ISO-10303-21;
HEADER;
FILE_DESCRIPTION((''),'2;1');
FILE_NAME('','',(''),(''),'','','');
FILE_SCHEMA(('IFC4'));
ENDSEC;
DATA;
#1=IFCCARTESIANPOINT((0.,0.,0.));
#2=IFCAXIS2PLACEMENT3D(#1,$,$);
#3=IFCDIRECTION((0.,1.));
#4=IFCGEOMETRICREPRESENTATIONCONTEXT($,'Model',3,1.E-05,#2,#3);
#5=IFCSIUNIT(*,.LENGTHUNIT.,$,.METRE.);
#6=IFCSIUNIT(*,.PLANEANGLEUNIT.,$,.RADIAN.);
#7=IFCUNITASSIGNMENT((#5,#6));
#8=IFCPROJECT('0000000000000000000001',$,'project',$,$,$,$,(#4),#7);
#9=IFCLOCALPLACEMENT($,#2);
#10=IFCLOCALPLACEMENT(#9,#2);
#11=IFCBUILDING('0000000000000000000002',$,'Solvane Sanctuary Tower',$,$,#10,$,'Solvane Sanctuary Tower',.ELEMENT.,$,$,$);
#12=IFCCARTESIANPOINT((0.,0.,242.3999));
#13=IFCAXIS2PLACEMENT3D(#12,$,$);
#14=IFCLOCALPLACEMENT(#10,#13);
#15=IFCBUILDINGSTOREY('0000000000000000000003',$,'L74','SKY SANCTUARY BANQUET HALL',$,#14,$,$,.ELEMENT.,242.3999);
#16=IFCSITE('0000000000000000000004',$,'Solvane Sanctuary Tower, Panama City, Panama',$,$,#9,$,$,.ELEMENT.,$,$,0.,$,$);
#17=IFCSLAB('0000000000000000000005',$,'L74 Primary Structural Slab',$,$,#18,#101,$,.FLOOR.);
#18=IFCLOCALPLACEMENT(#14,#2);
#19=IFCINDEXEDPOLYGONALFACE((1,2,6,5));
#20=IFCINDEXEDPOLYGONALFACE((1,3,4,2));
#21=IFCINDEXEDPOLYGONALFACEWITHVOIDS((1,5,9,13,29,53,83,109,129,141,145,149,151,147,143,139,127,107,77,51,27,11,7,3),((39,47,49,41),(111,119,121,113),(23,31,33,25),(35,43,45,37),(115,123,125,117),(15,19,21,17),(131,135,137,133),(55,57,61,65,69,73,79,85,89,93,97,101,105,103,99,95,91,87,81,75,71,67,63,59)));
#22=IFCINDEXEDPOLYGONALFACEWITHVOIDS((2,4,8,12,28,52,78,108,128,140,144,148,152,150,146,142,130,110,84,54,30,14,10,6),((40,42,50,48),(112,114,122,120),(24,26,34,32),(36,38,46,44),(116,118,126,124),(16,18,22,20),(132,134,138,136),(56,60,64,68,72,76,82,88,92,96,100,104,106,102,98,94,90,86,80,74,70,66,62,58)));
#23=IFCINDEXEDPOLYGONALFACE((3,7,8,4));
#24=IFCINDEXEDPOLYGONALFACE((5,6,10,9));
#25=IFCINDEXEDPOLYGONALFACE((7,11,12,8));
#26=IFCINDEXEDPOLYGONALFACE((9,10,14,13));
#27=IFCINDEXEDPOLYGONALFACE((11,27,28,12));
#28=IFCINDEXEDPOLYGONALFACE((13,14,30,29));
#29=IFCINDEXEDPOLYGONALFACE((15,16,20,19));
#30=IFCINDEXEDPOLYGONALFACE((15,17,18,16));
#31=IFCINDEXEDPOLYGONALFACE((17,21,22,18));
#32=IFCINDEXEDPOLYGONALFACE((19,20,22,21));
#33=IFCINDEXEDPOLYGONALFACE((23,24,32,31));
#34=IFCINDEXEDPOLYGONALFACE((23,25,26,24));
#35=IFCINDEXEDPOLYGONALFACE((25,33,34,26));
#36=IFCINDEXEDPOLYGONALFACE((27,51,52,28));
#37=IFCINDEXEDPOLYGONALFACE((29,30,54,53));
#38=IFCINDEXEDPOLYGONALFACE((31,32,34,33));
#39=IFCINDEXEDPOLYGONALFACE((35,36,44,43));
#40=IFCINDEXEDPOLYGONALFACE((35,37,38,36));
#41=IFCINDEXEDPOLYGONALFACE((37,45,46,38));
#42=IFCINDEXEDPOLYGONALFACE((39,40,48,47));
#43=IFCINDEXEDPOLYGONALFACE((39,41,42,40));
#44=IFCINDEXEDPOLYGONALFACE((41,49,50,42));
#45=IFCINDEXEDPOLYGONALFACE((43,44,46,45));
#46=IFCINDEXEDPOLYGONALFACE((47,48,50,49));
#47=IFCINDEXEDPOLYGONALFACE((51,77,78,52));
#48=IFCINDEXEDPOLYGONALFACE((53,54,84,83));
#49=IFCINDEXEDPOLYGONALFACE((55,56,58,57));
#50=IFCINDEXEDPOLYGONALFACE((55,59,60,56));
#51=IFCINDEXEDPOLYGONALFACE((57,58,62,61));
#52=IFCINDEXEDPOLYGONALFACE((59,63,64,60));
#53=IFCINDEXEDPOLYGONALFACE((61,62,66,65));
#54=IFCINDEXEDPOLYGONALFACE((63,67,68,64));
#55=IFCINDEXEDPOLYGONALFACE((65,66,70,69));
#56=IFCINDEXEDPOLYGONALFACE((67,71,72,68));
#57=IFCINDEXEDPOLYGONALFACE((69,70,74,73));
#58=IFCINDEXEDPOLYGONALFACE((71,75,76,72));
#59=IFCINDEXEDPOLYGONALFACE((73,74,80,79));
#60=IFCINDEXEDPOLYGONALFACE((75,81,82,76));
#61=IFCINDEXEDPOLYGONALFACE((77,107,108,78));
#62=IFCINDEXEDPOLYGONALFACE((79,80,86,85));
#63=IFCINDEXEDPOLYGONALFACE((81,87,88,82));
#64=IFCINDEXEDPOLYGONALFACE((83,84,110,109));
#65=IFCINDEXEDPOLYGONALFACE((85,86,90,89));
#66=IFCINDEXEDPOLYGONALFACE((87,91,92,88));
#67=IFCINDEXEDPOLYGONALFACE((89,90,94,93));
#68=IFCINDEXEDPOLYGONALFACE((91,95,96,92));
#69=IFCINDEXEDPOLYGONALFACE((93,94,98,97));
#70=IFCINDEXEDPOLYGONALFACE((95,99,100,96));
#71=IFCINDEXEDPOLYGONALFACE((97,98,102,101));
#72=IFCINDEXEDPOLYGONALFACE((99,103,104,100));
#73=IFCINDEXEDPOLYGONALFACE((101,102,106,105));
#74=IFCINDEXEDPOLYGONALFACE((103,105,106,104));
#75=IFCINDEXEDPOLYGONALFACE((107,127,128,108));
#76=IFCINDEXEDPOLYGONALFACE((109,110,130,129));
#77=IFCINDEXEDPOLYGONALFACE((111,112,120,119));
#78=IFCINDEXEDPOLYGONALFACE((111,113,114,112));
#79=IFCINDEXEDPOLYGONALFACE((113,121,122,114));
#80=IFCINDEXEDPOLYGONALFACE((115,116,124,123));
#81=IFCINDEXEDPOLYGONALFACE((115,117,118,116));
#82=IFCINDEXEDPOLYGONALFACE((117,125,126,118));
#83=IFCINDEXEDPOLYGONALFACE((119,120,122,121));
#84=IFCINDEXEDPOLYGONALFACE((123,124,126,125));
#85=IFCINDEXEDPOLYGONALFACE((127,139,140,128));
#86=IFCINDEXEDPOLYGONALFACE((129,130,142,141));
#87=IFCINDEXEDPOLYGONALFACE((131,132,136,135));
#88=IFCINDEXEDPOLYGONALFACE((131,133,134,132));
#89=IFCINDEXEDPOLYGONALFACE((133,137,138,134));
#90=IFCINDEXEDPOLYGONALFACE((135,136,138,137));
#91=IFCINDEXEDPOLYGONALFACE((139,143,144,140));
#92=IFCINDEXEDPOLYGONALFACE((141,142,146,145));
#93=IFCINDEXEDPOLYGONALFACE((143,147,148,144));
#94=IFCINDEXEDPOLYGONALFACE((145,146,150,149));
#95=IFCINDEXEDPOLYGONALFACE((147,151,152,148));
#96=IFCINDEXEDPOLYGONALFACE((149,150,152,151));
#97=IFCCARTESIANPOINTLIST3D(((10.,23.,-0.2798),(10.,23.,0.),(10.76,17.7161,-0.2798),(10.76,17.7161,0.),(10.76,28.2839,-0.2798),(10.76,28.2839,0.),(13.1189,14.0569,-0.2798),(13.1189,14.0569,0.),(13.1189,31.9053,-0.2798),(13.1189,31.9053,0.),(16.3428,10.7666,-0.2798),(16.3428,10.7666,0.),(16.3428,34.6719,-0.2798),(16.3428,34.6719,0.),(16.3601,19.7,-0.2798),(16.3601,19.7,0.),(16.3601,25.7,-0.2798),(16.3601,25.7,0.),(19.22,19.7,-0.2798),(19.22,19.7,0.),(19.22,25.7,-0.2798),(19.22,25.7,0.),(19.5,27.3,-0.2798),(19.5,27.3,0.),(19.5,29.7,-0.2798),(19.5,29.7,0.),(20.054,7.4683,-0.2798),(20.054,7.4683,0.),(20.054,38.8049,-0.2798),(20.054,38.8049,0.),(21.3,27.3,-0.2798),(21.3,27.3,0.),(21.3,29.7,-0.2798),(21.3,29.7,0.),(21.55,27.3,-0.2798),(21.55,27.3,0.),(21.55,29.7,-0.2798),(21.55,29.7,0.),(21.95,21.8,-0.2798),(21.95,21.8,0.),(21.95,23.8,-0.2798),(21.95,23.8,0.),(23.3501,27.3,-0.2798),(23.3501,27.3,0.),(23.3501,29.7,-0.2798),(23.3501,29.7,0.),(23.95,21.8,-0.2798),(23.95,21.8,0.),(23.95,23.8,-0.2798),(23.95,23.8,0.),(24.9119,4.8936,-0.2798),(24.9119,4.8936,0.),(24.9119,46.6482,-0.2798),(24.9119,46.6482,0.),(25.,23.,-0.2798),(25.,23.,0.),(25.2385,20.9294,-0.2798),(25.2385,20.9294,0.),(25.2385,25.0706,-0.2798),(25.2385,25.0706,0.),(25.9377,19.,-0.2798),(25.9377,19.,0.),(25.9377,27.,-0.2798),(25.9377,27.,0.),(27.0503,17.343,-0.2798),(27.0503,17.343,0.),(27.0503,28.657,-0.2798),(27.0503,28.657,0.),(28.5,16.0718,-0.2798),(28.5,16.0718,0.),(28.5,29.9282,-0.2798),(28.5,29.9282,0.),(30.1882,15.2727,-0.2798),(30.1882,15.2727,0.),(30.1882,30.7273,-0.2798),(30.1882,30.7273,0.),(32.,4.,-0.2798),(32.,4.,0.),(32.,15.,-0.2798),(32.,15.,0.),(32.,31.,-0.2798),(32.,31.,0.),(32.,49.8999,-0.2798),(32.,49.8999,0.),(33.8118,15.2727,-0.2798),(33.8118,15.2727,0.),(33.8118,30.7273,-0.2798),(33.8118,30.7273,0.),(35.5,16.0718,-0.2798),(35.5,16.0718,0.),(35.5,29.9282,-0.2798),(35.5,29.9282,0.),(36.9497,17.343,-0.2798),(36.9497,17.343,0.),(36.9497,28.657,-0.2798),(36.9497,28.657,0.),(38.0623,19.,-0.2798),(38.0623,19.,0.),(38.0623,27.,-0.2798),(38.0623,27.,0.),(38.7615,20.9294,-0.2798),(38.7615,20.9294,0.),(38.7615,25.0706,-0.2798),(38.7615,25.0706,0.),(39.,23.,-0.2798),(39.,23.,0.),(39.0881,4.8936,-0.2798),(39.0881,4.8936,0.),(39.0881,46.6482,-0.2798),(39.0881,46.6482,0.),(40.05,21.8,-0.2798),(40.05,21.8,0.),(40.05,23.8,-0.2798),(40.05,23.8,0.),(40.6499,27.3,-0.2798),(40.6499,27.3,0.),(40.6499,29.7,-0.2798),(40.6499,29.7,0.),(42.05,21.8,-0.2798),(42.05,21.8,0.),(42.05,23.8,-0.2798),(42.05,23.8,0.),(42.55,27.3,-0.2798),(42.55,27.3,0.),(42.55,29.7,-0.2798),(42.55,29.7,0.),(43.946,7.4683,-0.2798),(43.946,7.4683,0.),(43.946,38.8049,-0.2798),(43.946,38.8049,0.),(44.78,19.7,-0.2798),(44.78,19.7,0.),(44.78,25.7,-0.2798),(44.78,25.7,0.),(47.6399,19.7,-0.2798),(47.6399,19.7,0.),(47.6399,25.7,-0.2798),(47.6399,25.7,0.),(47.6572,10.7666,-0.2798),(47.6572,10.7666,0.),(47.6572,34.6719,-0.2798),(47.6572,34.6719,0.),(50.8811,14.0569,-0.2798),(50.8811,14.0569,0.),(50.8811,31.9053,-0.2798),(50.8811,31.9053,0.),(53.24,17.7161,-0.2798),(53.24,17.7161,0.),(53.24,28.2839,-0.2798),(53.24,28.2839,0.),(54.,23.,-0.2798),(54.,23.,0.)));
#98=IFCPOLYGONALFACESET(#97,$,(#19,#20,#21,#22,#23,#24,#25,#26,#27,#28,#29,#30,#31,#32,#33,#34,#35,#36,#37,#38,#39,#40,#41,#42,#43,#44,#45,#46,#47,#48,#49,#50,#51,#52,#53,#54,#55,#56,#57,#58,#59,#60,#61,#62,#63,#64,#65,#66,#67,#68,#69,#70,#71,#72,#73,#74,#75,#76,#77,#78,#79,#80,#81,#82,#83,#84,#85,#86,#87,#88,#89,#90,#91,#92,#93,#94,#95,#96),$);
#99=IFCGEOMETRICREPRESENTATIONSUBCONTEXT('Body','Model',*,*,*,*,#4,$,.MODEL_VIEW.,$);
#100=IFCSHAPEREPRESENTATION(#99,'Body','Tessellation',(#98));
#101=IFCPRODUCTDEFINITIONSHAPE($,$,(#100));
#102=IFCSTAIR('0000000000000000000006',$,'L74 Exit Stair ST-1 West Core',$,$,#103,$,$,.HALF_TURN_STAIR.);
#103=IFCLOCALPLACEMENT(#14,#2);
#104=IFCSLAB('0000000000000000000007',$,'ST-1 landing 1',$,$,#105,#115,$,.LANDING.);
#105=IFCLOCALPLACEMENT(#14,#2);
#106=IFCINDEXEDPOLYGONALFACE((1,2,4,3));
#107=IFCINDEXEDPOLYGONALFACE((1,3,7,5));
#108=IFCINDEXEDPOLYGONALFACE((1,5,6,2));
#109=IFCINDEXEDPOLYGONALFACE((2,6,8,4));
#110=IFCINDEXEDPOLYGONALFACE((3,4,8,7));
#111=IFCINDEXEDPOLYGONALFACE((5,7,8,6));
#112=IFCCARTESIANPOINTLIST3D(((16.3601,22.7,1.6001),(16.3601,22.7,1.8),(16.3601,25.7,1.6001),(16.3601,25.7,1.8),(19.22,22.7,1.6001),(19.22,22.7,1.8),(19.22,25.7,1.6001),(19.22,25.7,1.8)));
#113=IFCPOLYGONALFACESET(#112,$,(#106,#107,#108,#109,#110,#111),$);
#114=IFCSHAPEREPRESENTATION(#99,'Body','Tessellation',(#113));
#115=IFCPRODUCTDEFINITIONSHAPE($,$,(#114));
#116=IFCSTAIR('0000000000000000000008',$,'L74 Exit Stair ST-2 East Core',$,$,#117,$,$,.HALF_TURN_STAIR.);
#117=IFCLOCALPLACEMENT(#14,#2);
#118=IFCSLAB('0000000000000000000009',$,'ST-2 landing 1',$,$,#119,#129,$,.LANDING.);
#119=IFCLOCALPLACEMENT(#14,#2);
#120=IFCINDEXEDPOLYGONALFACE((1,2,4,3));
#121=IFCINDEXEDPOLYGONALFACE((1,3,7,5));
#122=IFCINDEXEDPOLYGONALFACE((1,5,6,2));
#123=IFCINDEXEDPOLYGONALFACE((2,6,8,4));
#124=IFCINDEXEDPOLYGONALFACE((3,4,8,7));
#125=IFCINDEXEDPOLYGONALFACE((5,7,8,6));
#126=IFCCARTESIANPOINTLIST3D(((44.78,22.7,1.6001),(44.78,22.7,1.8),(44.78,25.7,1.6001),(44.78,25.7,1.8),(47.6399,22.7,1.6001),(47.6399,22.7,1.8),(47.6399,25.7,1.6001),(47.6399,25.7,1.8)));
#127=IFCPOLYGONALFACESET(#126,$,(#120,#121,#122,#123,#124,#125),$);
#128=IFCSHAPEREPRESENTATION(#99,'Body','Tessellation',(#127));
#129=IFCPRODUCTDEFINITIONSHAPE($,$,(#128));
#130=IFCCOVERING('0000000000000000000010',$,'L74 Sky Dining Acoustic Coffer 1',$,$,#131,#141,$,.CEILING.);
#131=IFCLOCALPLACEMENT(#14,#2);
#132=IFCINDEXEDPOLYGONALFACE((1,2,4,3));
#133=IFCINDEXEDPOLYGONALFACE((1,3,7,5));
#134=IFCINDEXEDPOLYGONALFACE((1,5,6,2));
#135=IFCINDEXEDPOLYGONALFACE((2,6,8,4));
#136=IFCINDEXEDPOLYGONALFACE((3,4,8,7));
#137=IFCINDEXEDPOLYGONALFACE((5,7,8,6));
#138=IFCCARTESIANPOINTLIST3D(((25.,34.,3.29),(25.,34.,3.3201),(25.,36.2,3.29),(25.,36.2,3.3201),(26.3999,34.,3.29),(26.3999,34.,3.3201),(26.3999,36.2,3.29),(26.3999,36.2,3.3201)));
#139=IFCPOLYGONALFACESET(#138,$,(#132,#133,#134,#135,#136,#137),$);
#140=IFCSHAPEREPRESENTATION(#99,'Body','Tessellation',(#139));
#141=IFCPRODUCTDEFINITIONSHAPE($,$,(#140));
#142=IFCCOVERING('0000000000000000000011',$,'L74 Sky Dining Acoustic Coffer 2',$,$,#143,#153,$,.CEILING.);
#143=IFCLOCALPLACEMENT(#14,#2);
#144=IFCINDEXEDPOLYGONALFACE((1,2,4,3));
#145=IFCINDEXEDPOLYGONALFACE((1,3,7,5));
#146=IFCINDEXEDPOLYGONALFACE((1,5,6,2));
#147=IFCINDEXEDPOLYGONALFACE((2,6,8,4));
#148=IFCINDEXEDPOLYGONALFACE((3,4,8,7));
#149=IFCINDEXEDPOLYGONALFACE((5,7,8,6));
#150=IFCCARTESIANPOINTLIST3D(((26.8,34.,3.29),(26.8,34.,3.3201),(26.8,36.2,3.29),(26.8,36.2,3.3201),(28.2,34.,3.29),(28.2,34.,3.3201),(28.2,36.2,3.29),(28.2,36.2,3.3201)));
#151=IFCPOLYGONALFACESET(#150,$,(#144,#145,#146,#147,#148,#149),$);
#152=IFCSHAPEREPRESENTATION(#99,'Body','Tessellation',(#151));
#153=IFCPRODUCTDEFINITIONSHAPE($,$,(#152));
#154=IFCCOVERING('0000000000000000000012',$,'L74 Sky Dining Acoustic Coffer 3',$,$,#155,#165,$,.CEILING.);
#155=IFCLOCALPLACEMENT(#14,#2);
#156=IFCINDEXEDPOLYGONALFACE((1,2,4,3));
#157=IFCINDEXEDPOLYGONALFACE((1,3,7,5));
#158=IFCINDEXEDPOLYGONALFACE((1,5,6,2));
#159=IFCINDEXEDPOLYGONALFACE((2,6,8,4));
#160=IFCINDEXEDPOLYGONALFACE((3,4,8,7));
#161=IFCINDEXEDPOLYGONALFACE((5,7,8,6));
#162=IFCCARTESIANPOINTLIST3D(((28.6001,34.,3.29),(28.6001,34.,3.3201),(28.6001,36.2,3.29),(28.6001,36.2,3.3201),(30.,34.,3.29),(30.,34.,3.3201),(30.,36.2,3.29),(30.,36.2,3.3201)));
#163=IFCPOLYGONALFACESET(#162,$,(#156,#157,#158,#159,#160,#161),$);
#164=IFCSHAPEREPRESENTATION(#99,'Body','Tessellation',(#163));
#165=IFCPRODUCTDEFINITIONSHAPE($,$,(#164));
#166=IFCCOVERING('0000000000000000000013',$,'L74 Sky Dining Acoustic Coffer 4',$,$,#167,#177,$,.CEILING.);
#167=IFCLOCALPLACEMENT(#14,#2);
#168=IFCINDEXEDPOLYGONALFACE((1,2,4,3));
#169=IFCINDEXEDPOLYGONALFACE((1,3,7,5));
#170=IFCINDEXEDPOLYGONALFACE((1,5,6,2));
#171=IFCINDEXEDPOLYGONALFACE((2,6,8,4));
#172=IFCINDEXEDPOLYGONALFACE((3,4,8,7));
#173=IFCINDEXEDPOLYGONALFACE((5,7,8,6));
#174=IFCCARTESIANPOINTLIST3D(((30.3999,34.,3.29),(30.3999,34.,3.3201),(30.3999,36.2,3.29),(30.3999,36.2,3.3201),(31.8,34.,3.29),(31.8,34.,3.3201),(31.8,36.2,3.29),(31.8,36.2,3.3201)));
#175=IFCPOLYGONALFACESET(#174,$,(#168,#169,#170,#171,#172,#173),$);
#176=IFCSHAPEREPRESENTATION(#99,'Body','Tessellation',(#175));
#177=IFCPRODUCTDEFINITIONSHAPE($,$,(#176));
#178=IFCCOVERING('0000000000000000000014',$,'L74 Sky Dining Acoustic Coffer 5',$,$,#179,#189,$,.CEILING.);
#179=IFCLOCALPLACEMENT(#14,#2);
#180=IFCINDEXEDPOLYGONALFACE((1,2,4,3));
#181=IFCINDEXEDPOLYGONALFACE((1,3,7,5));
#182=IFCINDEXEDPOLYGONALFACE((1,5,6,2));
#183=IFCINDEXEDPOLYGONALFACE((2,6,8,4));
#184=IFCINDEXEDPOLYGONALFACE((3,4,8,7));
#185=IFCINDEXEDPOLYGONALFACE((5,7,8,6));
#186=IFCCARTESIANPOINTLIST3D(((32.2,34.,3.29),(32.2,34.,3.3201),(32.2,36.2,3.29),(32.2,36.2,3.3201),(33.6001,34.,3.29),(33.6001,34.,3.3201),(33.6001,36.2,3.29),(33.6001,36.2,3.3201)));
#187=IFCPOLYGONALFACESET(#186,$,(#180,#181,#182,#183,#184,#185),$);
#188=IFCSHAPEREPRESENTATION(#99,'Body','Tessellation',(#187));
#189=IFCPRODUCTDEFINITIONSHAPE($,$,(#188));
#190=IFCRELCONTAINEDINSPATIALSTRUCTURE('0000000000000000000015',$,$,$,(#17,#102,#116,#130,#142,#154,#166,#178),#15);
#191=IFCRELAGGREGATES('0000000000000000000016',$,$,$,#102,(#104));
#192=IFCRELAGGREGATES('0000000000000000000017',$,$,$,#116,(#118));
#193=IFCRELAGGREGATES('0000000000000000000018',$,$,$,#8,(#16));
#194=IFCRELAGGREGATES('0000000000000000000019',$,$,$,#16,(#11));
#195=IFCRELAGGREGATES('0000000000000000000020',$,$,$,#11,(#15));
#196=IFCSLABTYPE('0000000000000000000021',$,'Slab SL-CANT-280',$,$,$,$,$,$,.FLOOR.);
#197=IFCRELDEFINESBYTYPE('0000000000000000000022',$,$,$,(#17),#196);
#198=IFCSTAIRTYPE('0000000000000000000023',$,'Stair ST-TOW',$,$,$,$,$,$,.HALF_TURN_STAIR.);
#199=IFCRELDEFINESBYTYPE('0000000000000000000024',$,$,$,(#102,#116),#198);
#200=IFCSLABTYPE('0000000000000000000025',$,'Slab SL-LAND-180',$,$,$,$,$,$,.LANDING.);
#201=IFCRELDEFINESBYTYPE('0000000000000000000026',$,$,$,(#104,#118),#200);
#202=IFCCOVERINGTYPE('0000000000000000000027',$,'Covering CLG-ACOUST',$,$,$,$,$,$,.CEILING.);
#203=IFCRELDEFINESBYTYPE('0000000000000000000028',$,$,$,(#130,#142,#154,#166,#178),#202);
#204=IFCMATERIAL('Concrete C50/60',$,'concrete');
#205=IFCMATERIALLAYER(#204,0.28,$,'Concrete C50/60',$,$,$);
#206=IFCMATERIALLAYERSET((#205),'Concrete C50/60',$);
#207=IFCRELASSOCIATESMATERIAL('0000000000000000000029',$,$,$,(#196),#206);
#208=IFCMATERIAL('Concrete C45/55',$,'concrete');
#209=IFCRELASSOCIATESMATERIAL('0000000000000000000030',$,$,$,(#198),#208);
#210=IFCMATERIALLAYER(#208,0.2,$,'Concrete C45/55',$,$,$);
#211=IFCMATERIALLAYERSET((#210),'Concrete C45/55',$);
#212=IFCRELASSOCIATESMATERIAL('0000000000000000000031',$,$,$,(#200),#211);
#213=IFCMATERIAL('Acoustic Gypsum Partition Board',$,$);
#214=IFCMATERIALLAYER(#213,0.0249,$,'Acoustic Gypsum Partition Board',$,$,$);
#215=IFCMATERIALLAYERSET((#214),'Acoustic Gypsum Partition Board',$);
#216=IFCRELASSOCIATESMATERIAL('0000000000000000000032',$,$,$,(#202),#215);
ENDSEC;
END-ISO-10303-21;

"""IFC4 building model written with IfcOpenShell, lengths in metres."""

from ifc_helpers import new_model, si_unit, direction, frame, origin, place, context, subcontext, project, spatial, polyline, outline, extrude, material, layer, layer_set, type_object, element, aggregate, save


model = new_model("IFC4")

# Units and contexts
model_context = context("Model", 3, precision=1e-05, world=origin(), true_north=direction((0.0, 1.0)))
body_context = subcontext(model_context, "Body", "Model", "MODEL_VIEW")
ifc_project = project(units=[si_unit("LENGTHUNIT", "METRE"), si_unit("PLANEANGLEUNIT", "RADIAN")], contexts=[model_context])

# Site, building, storey
site_placement = place(None, origin())
site = spatial("IfcSite", under=ifc_project, at=site_placement, Name="Solvane Sanctuary Tower, Panama City, Panama", CompositionType="ELEMENT", RefElevation=0.0)
building_placement = place(site_placement, origin())
building = spatial("IfcBuilding", under=site, at=building_placement, Name="Solvane Sanctuary Tower", LongName="Solvane Sanctuary Tower", CompositionType="ELEMENT")
storey_placement = place(building_placement, frame((0.0, 0.0, 242.3999)))
storey = spatial("IfcBuildingStorey", under=building, at=storey_placement, Name="L74", Description="SKY SANCTUARY BANQUET HALL", CompositionType="ELEMENT", Elevation=242.3999)

# Slab
ifc_material_1 = material(Name="Concrete C50/60", Category="concrete")
ifc_layer_1 = layer(ifc_material_1, 0.28, Name="Concrete C50/60")
ifc_layer_set_1 = layer_set([ifc_layer_1], Name="Concrete C50/60")
slab_type_1 = type_object("IfcSlabType", Name="Slab SL-CANT-280", PredefinedType="FLOOR", material=ifc_layer_set_1)
slab_1_placement = place(storey_placement, frame((0.0, 0.0, -0.2798)))
element("IfcSlab", 1, at=slab_1_placement, inside=storey, type_object=slab_type_1, Name="L74 Primary Structural Slab", PredefinedType="FLOOR", context=body_context, shape_type="SweptSolid", body=[
    extrude(outline(polyline([(54.0, 23.0), (53.24, 28.2839), (50.8811, 31.9053), (47.6572, 34.6719), (43.946, 38.8049), (39.0881, 46.6482), (32.0, 49.8999), (24.9119, 46.6482), (20.054, 38.8049), (16.3428, 34.6719), (13.1189, 31.9053), (10.76, 28.2839), (10.0, 23.0), (10.76, 17.7161), (13.1189, 14.0569), (16.3428, 10.7666), (20.054, 7.4683), (24.9119, 4.8936), (32.0, 4.0), (39.0881, 4.8936), (43.946, 7.4683), (47.6572, 10.7666), (50.8811, 14.0569), (53.24, 17.7161), (54.0, 23.0)]), holes=[polyline([(38.7615, 20.9294), (38.0623, 19.0), (36.9497, 17.343), (35.5, 16.0718), (33.8118, 15.2727), (32.0, 15.0), (30.1882, 15.2727), (28.5, 16.0718), (27.0503, 17.343), (25.9377, 19.0), (25.2385, 20.9294), (25.0, 23.0), (25.2385, 25.0706), (25.9377, 27.0), (27.0503, 28.657), (28.5, 29.9282), (30.1882, 30.7273), (32.0, 31.0), (33.8118, 30.7273), (35.5, 29.9282), (36.9497, 28.657), (38.0623, 27.0), (38.7615, 25.0706), (39.0, 23.0), (38.7615, 20.9294)]), polyline([(16.3601, 19.7), (16.3601, 25.7), (19.22, 25.7), (19.22, 19.7), (16.3601, 19.7)]), polyline([(44.78, 19.7), (44.78, 25.7), (47.6399, 25.7), (47.6399, 19.7), (44.78, 19.7)]), polyline([(21.95, 23.8), (23.95, 23.8), (23.95, 21.8), (21.95, 21.8), (21.95, 23.8)]), polyline([(40.05, 23.8), (42.05, 23.8), (42.05, 21.8), (40.05, 21.8), (40.05, 23.8)]), polyline([(19.5, 29.7), (21.3, 29.7), (21.3, 27.3), (19.5, 27.3), (19.5, 29.7)]), polyline([(21.55, 29.7), (23.3501, 29.7), (23.3501, 27.3), (21.55, 27.3), (21.55, 29.7)]), polyline([(40.6499, 29.7), (42.55, 29.7), (42.55, 27.3), (40.6499, 27.3), (40.6499, 29.7)])]), origin(), (0.0, 0.0, 1.0), 0.2798),
])

# Stairs, slabs
ifc_material_2 = material(Name="Concrete C45/55", Category="concrete")
stair_type = type_object("IfcStairType", Name="Stair ST-TOW", PredefinedType="HALF_TURN_STAIR", material=ifc_material_2)
stair_1_placement = place(storey_placement, origin())
stair_1 = element("IfcStair", 2, at=stair_1_placement, inside=storey, type_object=stair_type, Name="L74 Exit Stair ST-1 West Core", PredefinedType="HALF_TURN_STAIR")
ifc_layer_2 = layer(ifc_material_2, 0.2, Name="Concrete C45/55")
ifc_layer_set_2 = layer_set([ifc_layer_2], Name="Concrete C45/55")
slab_type_2 = type_object("IfcSlabType", Name="Slab SL-LAND-180", PredefinedType="LANDING", material=ifc_layer_set_2)
slab_2_placement = place(storey_placement, frame((0.0, 0.0, 1.6001)))
slab_2 = element("IfcSlab", 3, at=slab_2_placement, type_object=slab_type_2, Name="ST-1 landing 1", PredefinedType="LANDING", context=body_context, shape_type="SweptSolid", body=[
    extrude(outline(polyline([(19.22, 22.7), (19.22, 25.7), (16.3601, 25.7), (16.3601, 22.7), (19.22, 22.7)])), origin(), (0.0, 0.0, 1.0), 0.2),
])
aggregate(stair_1, [slab_2])
stair_2_placement = place(storey_placement, origin())
stair_2 = element("IfcStair", 4, at=stair_2_placement, inside=storey, type_object=stair_type, Name="L74 Exit Stair ST-2 East Core", PredefinedType="HALF_TURN_STAIR")
slab_3_placement = place(storey_placement, frame((0.0, 0.0, 1.6001)))
slab_3 = element("IfcSlab", 5, at=slab_3_placement, type_object=slab_type_2, Name="ST-2 landing 1", PredefinedType="LANDING", context=body_context, shape_type="SweptSolid", body=[
    extrude(outline(polyline([(47.6399, 22.7), (47.6399, 25.7), (44.78, 25.7), (44.78, 22.7), (47.6399, 22.7)])), origin(), (0.0, 0.0, 1.0), 0.2),
])
aggregate(stair_2, [slab_3])

# Coverings
ifc_material_3 = material(Name="Acoustic Gypsum Partition Board")
ifc_layer_3 = layer(ifc_material_3, 0.0249, Name="Acoustic Gypsum Partition Board")
ifc_layer_set_3 = layer_set([ifc_layer_3], Name="Acoustic Gypsum Partition Board")
covering_type_1 = type_object("IfcCoveringType", Name="Covering CLG-ACOUST", PredefinedType="CEILING", material=ifc_layer_set_3)
covering_1_placement = place(storey_placement, frame((0.0, 0.0, 3.29)))
element("IfcCovering", 6, at=covering_1_placement, inside=storey, type_object=covering_type_1, Name="L74 Sky Dining Acoustic Coffer 1", PredefinedType="CEILING", context=body_context, shape_type="SweptSolid", body=[
    extrude(outline(polyline([(25.0, 34.0), (26.3999, 34.0), (26.3999, 36.2), (25.0, 36.2), (25.0, 34.0)])), origin(), (0.0, 0.0, 1.0), 0.03),
])
covering_2_placement = place(storey_placement, frame((0.0, 0.0, 3.29)))
element("IfcCovering", 7, at=covering_2_placement, inside=storey, type_object=covering_type_1, Name="L74 Sky Dining Acoustic Coffer 2", PredefinedType="CEILING", context=body_context, shape_type="SweptSolid", body=[
    extrude(outline(polyline([(26.8, 34.0), (28.2, 34.0), (28.2, 36.2), (26.8, 36.2), (26.8, 34.0)])), origin(), (0.0, 0.0, 1.0), 0.03),
])
covering_3_placement = place(storey_placement, frame((0.0, 0.0, 3.29)))
element("IfcCovering", 8, at=covering_3_placement, inside=storey, type_object=covering_type_1, Name="L74 Sky Dining Acoustic Coffer 3", PredefinedType="CEILING", context=body_context, shape_type="SweptSolid", body=[
    extrude(outline(polyline([(28.6001, 34.0), (30.0, 34.0), (30.0, 36.2), (28.6001, 36.2), (28.6001, 34.0)])), origin(), (0.0, 0.0, 1.0), 0.03),
])
covering_4_placement = place(storey_placement, frame((0.0, 0.0, 3.29)))
element("IfcCovering", 9, at=covering_4_placement, inside=storey, type_object=covering_type_1, Name="L74 Sky Dining Acoustic Coffer 4", PredefinedType="CEILING", context=body_context, shape_type="SweptSolid", body=[
    extrude(outline(polyline([(30.3999, 34.0), (31.8, 34.0), (31.8, 36.2), (30.3999, 36.2), (30.3999, 34.0)])), origin(), (0.0, 0.0, 1.0), 0.03),
])
covering_5_placement = place(storey_placement, frame((0.0, 0.0, 3.29)))
element("IfcCovering", 10, at=covering_5_placement, inside=storey, type_object=covering_type_1, Name="L74 Sky Dining Acoustic Coffer 5", PredefinedType="CEILING", context=body_context, shape_type="SweptSolid", body=[
    extrude(outline(polyline([(32.2, 34.0), (33.6001, 34.0), (33.6001, 36.2), (32.2, 36.2), (32.2, 34.0)])), origin(), (0.0, 0.0, 1.0), 0.03),
])

save(model, "model.ifc")
